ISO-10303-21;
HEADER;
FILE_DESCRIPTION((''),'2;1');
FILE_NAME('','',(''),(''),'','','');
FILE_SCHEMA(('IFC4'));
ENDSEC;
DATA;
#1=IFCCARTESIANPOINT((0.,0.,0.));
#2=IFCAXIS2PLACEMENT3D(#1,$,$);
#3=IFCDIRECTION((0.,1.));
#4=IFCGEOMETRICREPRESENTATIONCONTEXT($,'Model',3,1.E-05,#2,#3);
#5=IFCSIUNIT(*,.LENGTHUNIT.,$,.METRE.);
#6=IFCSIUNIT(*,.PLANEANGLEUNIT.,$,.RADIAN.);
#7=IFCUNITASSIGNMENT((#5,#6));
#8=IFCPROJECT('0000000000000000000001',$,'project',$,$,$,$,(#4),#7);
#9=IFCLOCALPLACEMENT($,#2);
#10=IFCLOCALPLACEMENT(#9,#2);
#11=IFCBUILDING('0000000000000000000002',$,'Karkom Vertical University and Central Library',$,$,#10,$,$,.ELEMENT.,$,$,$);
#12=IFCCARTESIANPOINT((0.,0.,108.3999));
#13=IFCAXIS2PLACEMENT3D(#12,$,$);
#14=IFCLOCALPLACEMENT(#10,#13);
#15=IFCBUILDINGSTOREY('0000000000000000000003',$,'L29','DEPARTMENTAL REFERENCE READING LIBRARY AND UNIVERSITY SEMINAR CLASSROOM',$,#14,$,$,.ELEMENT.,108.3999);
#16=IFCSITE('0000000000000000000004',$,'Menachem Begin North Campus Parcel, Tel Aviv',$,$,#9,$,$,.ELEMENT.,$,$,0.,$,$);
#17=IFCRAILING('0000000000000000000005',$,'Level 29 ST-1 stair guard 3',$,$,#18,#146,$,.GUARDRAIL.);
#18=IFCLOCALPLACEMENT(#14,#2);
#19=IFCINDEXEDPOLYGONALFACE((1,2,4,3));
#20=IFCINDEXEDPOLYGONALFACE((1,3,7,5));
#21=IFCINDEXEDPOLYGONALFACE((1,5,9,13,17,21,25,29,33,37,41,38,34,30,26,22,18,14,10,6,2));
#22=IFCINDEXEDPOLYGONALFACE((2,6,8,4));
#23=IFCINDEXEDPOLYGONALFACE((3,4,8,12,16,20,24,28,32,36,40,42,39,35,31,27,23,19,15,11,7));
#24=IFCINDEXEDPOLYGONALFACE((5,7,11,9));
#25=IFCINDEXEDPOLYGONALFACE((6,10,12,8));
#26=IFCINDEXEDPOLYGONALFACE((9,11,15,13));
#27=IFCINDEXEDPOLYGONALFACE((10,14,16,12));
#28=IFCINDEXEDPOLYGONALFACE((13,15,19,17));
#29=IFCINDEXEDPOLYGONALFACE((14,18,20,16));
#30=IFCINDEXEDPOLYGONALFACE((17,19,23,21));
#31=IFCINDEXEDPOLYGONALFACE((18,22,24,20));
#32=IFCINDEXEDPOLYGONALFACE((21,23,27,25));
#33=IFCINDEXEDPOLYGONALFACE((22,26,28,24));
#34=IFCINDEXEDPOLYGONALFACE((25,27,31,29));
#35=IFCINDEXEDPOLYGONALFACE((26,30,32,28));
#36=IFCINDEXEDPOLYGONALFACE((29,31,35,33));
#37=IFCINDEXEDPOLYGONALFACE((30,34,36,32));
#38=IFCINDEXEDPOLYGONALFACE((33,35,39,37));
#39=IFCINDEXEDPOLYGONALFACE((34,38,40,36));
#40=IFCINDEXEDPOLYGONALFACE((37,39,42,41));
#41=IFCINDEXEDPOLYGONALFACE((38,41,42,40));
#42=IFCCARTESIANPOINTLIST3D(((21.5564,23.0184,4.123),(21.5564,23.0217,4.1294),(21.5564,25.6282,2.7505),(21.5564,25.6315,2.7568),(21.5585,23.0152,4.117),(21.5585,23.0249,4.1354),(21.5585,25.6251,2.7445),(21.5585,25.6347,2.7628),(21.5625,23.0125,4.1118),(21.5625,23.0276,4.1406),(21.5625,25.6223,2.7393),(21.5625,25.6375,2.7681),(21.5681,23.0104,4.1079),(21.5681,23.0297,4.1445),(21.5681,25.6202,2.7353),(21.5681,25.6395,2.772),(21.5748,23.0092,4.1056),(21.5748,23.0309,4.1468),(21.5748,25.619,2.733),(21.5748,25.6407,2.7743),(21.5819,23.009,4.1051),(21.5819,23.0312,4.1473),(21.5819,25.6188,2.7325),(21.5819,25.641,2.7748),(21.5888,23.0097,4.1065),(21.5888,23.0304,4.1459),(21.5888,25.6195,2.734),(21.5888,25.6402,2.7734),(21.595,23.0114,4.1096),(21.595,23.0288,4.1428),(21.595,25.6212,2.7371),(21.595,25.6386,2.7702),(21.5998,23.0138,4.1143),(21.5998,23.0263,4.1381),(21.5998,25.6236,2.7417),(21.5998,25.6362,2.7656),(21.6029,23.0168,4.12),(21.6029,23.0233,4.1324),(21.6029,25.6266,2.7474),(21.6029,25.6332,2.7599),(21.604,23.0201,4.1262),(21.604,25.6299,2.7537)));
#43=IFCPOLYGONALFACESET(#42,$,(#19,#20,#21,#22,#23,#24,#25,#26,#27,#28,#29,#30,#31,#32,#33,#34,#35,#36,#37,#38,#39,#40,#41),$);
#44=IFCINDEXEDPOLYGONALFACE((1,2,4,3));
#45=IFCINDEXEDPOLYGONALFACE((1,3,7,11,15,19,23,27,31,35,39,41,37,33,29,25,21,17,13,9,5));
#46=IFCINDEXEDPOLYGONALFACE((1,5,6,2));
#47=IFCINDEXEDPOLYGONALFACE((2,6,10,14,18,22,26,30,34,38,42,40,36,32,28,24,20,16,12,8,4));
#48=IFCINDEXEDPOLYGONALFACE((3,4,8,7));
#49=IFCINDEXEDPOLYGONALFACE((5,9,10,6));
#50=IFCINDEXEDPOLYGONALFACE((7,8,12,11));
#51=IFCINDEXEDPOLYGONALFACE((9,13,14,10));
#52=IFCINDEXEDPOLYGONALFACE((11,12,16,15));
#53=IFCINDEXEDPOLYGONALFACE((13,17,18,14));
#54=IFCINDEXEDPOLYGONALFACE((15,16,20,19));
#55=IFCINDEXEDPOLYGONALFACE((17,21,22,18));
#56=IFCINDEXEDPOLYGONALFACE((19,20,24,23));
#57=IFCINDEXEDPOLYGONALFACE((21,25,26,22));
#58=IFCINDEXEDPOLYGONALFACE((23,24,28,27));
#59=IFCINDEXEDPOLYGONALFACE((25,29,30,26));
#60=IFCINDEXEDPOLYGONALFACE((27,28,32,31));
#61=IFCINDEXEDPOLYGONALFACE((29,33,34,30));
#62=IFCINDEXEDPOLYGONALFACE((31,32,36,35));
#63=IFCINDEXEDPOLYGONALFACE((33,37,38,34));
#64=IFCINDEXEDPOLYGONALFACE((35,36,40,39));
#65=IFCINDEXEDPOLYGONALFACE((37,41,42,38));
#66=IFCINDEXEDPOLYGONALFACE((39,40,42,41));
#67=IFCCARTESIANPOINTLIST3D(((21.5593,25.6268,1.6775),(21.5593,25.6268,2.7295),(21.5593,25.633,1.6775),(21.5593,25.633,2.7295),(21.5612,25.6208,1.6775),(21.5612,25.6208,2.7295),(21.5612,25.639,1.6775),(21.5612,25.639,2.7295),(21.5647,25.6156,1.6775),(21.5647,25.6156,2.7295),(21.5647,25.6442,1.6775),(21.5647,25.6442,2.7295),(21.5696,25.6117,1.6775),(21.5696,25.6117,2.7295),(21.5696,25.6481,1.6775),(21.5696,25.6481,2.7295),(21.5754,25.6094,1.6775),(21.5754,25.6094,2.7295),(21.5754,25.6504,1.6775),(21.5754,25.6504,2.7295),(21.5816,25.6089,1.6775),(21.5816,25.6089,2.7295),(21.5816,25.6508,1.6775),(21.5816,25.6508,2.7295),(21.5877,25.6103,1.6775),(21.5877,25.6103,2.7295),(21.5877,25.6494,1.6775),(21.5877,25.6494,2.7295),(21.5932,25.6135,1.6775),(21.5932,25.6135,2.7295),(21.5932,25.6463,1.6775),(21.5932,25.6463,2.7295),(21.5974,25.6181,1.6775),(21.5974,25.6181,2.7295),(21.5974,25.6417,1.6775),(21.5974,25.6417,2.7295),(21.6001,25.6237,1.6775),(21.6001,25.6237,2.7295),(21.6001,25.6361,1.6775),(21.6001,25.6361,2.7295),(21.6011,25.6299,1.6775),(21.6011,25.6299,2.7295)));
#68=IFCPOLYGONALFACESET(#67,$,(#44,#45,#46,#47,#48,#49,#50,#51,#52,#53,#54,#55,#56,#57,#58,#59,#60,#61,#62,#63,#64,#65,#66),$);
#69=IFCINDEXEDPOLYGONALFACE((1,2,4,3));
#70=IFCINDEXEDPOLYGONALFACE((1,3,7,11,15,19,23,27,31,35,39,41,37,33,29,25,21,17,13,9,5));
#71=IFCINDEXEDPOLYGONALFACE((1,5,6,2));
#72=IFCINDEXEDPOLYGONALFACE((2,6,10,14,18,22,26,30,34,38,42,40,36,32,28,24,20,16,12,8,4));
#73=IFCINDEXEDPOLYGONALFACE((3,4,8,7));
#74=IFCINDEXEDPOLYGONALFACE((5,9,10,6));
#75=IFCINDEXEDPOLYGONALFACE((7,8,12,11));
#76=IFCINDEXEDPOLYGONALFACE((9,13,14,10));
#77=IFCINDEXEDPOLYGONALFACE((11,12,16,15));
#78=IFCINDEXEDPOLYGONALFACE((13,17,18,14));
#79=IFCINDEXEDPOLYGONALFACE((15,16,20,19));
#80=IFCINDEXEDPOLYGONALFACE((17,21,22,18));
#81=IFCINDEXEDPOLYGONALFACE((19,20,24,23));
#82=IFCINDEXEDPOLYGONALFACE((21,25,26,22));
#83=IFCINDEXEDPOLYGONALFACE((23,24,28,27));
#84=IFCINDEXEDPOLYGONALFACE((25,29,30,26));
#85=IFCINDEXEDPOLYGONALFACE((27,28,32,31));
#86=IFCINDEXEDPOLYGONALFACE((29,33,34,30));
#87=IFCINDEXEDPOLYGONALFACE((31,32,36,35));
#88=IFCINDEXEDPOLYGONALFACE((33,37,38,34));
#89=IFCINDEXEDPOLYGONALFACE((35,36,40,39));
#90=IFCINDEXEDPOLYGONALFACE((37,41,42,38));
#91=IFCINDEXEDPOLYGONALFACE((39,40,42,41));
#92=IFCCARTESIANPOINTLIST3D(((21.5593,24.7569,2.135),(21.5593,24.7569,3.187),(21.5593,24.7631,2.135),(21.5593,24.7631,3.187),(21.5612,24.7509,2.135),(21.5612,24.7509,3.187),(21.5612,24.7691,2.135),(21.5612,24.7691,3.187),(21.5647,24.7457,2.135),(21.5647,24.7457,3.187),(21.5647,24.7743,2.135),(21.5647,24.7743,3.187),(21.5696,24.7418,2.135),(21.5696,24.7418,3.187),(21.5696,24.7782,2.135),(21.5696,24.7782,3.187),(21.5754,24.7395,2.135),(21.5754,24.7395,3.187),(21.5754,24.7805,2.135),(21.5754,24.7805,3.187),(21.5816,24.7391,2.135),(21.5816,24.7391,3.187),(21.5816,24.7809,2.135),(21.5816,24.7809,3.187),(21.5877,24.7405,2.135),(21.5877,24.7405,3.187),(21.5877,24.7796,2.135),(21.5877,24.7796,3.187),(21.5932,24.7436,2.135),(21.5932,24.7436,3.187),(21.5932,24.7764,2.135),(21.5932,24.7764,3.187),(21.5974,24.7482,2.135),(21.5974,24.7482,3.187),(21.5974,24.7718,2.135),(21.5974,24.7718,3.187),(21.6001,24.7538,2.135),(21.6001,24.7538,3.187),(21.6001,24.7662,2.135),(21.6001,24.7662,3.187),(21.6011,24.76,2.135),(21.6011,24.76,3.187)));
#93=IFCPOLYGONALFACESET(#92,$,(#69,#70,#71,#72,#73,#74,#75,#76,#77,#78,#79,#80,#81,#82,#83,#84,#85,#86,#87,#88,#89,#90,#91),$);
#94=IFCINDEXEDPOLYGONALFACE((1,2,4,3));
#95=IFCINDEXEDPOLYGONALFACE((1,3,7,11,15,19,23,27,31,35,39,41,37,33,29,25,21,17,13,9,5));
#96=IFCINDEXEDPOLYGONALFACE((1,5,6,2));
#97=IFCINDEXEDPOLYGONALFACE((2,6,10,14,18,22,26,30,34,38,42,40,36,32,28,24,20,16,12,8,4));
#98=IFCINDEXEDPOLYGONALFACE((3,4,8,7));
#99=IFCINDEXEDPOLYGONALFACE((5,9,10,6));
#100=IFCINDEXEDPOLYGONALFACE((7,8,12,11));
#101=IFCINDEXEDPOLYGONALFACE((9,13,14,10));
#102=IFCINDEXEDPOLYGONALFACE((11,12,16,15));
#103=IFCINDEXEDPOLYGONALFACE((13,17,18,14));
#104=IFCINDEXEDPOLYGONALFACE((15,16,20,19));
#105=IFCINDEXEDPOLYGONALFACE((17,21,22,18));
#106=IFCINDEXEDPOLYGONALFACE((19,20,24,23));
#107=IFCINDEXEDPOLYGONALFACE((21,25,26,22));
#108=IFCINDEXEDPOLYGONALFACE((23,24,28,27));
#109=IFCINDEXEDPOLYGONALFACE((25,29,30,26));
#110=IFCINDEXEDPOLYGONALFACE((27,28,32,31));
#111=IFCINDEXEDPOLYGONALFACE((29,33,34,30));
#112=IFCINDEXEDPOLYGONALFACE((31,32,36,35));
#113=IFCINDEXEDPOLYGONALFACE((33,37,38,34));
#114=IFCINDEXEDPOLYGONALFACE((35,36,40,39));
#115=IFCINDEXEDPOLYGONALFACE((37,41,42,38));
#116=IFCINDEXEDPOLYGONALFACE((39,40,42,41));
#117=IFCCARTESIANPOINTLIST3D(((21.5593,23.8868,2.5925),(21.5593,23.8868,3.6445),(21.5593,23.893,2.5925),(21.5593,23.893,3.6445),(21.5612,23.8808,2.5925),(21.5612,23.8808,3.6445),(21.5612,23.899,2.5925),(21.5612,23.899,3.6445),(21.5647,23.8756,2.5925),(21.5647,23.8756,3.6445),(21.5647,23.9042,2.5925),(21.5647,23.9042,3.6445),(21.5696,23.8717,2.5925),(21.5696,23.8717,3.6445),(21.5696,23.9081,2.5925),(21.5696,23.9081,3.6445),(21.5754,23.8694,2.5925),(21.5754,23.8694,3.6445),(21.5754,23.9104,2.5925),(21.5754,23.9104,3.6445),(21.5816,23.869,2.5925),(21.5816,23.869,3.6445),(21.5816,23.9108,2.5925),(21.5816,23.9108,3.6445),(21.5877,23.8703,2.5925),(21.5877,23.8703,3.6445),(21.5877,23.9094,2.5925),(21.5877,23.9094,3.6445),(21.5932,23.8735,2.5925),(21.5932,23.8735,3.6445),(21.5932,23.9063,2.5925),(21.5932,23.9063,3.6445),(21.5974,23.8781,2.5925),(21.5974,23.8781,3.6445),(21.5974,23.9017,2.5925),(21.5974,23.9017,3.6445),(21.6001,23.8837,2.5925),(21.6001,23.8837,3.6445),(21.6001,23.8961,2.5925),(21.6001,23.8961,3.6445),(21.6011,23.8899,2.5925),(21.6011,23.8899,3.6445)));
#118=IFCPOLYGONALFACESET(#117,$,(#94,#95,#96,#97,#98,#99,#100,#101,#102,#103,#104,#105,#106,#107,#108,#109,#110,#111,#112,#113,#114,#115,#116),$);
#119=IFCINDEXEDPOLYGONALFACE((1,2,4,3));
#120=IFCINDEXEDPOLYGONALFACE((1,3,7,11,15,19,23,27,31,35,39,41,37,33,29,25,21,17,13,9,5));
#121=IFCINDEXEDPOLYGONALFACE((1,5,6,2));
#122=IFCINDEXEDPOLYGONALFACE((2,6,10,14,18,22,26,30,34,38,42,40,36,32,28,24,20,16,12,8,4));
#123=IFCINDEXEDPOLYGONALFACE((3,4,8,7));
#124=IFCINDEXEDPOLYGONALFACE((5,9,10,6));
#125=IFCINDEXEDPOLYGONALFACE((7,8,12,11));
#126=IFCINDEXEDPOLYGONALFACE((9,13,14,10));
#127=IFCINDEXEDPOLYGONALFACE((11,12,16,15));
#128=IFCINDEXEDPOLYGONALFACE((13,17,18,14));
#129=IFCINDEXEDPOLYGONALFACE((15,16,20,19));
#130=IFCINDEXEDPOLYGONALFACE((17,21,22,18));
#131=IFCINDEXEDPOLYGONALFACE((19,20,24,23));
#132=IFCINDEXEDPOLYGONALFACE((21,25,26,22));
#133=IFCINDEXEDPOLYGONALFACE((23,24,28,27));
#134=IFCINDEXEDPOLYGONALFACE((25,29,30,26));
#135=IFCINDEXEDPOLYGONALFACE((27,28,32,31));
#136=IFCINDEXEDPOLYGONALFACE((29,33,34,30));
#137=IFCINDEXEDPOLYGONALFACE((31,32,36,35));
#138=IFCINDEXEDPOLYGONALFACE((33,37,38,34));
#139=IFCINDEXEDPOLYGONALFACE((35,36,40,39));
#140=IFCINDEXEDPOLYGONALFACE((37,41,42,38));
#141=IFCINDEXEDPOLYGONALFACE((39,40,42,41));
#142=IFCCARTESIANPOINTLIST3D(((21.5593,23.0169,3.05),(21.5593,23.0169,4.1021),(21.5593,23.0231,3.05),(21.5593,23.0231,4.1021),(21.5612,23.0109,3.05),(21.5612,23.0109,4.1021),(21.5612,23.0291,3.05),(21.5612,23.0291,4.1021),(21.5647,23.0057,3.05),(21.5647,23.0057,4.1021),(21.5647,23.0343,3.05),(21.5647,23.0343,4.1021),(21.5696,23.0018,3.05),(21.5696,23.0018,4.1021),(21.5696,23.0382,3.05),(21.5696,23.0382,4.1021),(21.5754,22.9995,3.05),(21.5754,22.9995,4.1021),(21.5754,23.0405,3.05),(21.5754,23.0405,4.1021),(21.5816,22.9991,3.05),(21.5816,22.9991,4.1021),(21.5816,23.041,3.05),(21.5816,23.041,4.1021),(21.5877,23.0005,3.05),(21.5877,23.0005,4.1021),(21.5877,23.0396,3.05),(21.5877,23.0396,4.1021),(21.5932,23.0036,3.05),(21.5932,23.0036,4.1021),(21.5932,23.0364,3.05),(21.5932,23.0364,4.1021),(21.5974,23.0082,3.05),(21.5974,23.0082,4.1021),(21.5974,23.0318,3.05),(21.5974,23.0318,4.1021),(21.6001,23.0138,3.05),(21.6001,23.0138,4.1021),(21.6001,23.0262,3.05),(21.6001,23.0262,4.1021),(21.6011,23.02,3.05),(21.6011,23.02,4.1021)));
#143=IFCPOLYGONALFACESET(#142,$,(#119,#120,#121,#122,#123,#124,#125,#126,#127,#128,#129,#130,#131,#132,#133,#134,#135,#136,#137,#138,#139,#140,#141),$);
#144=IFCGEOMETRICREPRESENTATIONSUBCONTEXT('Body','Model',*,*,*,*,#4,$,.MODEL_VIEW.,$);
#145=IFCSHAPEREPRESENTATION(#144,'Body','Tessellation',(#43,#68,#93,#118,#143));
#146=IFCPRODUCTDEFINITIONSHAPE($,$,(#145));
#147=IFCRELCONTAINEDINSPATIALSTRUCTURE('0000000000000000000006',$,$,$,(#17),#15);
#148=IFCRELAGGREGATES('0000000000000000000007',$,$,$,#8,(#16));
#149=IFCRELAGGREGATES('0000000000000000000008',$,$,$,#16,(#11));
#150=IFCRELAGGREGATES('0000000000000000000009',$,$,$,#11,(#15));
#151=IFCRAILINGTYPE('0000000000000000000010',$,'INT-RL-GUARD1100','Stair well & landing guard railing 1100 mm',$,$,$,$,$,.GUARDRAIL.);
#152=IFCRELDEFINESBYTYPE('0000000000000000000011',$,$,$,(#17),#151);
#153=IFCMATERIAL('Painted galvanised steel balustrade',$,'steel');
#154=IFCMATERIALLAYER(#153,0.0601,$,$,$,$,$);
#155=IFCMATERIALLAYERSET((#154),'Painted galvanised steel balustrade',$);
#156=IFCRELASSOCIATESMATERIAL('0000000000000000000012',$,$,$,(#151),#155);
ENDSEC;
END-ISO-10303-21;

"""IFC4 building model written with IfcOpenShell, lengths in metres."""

from ifc_helpers import new_model, si_unit, direction, frame, origin, origin_2d, place, context, subcontext, project, spatial, circle, extrude, material, layer, layer_set, type_object, element, save


model = new_model("IFC4")

# Units and contexts
model_context = context("Model", 3, precision=1e-05, world=origin(), true_north=direction((0.0, 1.0)))
body_context = subcontext(model_context, "Body", "Model", "MODEL_VIEW")
ifc_project = project(units=[si_unit("LENGTHUNIT", "METRE"), si_unit("PLANEANGLEUNIT", "RADIAN")], contexts=[model_context])

# Site, building, storey
site_placement = place(None, origin())
site = spatial("IfcSite", under=ifc_project, at=site_placement, Name="Menachem Begin North Campus Parcel, Tel Aviv", CompositionType="ELEMENT", RefElevation=0.0)
building_placement = place(site_placement, origin())
building = spatial("IfcBuilding", under=site, at=building_placement, Name="Karkom Vertical University and Central Library", CompositionType="ELEMENT")
storey_placement = place(building_placement, frame((0.0, 0.0, 108.3999)))
storey = spatial("IfcBuildingStorey", under=building, at=storey_placement, Name="L29", Description="DEPARTMENTAL REFERENCE READING LIBRARY AND UNIVERSITY SEMINAR CLASSROOM", CompositionType="ELEMENT", Elevation=108.3999)

# Railing
ifc_material_1 = material(Name="Painted galvanised steel balustrade", Category="steel")
ifc_layer_1 = layer(ifc_material_1, 0.0601)
ifc_layer_set_1 = layer_set([ifc_layer_1], Name="Painted galvanised steel balustrade")
railing_type_1 = type_object("IfcRailingType", Name="INT-RL-GUARD1100", Description="Stair well & landing guard railing 1100 mm", PredefinedType="GUARDRAIL", material=ifc_layer_set_1)
railing_1_placement = place(storey_placement, frame((21.5801, 25.6299, 1.6775)))
element("IfcRailing", 1, at=railing_1_placement, inside=storey, type_object=railing_type_1, Name="Level 29 ST-1 stair guard 3", PredefinedType="GUARDRAIL", context=body_context, shape_type="SweptSolid", body=[
    extrude(circle(Radius=0.0239, at=origin_2d()), frame((0.0, 0.0, 1.0762), z_axis=(0.0, -0.885065, 0.465467), x_axis=(1.0, 0.0, 0.0)), (0.0, 0.0, 1.0), 2.9487),
    extrude(circle(Radius=0.021, at=origin_2d()), origin(), (0.0, 0.0, 1.0), 1.052),
    extrude(circle(Radius=0.021, at=origin_2d()), frame((0.0, -0.8699, 0.4575)), (0.0, 0.0, 1.0), 1.052),
    extrude(circle(Radius=0.021, at=origin_2d()), frame((0.0, -1.74, 0.915)), (0.0, 0.0, 1.0), 1.052),
    extrude(circle(Radius=0.021, at=origin_2d()), frame((0.0, -2.6099, 1.3726)), (0.0, 0.0, 1.0), 1.052),
])

save(model, "model.ifc")
